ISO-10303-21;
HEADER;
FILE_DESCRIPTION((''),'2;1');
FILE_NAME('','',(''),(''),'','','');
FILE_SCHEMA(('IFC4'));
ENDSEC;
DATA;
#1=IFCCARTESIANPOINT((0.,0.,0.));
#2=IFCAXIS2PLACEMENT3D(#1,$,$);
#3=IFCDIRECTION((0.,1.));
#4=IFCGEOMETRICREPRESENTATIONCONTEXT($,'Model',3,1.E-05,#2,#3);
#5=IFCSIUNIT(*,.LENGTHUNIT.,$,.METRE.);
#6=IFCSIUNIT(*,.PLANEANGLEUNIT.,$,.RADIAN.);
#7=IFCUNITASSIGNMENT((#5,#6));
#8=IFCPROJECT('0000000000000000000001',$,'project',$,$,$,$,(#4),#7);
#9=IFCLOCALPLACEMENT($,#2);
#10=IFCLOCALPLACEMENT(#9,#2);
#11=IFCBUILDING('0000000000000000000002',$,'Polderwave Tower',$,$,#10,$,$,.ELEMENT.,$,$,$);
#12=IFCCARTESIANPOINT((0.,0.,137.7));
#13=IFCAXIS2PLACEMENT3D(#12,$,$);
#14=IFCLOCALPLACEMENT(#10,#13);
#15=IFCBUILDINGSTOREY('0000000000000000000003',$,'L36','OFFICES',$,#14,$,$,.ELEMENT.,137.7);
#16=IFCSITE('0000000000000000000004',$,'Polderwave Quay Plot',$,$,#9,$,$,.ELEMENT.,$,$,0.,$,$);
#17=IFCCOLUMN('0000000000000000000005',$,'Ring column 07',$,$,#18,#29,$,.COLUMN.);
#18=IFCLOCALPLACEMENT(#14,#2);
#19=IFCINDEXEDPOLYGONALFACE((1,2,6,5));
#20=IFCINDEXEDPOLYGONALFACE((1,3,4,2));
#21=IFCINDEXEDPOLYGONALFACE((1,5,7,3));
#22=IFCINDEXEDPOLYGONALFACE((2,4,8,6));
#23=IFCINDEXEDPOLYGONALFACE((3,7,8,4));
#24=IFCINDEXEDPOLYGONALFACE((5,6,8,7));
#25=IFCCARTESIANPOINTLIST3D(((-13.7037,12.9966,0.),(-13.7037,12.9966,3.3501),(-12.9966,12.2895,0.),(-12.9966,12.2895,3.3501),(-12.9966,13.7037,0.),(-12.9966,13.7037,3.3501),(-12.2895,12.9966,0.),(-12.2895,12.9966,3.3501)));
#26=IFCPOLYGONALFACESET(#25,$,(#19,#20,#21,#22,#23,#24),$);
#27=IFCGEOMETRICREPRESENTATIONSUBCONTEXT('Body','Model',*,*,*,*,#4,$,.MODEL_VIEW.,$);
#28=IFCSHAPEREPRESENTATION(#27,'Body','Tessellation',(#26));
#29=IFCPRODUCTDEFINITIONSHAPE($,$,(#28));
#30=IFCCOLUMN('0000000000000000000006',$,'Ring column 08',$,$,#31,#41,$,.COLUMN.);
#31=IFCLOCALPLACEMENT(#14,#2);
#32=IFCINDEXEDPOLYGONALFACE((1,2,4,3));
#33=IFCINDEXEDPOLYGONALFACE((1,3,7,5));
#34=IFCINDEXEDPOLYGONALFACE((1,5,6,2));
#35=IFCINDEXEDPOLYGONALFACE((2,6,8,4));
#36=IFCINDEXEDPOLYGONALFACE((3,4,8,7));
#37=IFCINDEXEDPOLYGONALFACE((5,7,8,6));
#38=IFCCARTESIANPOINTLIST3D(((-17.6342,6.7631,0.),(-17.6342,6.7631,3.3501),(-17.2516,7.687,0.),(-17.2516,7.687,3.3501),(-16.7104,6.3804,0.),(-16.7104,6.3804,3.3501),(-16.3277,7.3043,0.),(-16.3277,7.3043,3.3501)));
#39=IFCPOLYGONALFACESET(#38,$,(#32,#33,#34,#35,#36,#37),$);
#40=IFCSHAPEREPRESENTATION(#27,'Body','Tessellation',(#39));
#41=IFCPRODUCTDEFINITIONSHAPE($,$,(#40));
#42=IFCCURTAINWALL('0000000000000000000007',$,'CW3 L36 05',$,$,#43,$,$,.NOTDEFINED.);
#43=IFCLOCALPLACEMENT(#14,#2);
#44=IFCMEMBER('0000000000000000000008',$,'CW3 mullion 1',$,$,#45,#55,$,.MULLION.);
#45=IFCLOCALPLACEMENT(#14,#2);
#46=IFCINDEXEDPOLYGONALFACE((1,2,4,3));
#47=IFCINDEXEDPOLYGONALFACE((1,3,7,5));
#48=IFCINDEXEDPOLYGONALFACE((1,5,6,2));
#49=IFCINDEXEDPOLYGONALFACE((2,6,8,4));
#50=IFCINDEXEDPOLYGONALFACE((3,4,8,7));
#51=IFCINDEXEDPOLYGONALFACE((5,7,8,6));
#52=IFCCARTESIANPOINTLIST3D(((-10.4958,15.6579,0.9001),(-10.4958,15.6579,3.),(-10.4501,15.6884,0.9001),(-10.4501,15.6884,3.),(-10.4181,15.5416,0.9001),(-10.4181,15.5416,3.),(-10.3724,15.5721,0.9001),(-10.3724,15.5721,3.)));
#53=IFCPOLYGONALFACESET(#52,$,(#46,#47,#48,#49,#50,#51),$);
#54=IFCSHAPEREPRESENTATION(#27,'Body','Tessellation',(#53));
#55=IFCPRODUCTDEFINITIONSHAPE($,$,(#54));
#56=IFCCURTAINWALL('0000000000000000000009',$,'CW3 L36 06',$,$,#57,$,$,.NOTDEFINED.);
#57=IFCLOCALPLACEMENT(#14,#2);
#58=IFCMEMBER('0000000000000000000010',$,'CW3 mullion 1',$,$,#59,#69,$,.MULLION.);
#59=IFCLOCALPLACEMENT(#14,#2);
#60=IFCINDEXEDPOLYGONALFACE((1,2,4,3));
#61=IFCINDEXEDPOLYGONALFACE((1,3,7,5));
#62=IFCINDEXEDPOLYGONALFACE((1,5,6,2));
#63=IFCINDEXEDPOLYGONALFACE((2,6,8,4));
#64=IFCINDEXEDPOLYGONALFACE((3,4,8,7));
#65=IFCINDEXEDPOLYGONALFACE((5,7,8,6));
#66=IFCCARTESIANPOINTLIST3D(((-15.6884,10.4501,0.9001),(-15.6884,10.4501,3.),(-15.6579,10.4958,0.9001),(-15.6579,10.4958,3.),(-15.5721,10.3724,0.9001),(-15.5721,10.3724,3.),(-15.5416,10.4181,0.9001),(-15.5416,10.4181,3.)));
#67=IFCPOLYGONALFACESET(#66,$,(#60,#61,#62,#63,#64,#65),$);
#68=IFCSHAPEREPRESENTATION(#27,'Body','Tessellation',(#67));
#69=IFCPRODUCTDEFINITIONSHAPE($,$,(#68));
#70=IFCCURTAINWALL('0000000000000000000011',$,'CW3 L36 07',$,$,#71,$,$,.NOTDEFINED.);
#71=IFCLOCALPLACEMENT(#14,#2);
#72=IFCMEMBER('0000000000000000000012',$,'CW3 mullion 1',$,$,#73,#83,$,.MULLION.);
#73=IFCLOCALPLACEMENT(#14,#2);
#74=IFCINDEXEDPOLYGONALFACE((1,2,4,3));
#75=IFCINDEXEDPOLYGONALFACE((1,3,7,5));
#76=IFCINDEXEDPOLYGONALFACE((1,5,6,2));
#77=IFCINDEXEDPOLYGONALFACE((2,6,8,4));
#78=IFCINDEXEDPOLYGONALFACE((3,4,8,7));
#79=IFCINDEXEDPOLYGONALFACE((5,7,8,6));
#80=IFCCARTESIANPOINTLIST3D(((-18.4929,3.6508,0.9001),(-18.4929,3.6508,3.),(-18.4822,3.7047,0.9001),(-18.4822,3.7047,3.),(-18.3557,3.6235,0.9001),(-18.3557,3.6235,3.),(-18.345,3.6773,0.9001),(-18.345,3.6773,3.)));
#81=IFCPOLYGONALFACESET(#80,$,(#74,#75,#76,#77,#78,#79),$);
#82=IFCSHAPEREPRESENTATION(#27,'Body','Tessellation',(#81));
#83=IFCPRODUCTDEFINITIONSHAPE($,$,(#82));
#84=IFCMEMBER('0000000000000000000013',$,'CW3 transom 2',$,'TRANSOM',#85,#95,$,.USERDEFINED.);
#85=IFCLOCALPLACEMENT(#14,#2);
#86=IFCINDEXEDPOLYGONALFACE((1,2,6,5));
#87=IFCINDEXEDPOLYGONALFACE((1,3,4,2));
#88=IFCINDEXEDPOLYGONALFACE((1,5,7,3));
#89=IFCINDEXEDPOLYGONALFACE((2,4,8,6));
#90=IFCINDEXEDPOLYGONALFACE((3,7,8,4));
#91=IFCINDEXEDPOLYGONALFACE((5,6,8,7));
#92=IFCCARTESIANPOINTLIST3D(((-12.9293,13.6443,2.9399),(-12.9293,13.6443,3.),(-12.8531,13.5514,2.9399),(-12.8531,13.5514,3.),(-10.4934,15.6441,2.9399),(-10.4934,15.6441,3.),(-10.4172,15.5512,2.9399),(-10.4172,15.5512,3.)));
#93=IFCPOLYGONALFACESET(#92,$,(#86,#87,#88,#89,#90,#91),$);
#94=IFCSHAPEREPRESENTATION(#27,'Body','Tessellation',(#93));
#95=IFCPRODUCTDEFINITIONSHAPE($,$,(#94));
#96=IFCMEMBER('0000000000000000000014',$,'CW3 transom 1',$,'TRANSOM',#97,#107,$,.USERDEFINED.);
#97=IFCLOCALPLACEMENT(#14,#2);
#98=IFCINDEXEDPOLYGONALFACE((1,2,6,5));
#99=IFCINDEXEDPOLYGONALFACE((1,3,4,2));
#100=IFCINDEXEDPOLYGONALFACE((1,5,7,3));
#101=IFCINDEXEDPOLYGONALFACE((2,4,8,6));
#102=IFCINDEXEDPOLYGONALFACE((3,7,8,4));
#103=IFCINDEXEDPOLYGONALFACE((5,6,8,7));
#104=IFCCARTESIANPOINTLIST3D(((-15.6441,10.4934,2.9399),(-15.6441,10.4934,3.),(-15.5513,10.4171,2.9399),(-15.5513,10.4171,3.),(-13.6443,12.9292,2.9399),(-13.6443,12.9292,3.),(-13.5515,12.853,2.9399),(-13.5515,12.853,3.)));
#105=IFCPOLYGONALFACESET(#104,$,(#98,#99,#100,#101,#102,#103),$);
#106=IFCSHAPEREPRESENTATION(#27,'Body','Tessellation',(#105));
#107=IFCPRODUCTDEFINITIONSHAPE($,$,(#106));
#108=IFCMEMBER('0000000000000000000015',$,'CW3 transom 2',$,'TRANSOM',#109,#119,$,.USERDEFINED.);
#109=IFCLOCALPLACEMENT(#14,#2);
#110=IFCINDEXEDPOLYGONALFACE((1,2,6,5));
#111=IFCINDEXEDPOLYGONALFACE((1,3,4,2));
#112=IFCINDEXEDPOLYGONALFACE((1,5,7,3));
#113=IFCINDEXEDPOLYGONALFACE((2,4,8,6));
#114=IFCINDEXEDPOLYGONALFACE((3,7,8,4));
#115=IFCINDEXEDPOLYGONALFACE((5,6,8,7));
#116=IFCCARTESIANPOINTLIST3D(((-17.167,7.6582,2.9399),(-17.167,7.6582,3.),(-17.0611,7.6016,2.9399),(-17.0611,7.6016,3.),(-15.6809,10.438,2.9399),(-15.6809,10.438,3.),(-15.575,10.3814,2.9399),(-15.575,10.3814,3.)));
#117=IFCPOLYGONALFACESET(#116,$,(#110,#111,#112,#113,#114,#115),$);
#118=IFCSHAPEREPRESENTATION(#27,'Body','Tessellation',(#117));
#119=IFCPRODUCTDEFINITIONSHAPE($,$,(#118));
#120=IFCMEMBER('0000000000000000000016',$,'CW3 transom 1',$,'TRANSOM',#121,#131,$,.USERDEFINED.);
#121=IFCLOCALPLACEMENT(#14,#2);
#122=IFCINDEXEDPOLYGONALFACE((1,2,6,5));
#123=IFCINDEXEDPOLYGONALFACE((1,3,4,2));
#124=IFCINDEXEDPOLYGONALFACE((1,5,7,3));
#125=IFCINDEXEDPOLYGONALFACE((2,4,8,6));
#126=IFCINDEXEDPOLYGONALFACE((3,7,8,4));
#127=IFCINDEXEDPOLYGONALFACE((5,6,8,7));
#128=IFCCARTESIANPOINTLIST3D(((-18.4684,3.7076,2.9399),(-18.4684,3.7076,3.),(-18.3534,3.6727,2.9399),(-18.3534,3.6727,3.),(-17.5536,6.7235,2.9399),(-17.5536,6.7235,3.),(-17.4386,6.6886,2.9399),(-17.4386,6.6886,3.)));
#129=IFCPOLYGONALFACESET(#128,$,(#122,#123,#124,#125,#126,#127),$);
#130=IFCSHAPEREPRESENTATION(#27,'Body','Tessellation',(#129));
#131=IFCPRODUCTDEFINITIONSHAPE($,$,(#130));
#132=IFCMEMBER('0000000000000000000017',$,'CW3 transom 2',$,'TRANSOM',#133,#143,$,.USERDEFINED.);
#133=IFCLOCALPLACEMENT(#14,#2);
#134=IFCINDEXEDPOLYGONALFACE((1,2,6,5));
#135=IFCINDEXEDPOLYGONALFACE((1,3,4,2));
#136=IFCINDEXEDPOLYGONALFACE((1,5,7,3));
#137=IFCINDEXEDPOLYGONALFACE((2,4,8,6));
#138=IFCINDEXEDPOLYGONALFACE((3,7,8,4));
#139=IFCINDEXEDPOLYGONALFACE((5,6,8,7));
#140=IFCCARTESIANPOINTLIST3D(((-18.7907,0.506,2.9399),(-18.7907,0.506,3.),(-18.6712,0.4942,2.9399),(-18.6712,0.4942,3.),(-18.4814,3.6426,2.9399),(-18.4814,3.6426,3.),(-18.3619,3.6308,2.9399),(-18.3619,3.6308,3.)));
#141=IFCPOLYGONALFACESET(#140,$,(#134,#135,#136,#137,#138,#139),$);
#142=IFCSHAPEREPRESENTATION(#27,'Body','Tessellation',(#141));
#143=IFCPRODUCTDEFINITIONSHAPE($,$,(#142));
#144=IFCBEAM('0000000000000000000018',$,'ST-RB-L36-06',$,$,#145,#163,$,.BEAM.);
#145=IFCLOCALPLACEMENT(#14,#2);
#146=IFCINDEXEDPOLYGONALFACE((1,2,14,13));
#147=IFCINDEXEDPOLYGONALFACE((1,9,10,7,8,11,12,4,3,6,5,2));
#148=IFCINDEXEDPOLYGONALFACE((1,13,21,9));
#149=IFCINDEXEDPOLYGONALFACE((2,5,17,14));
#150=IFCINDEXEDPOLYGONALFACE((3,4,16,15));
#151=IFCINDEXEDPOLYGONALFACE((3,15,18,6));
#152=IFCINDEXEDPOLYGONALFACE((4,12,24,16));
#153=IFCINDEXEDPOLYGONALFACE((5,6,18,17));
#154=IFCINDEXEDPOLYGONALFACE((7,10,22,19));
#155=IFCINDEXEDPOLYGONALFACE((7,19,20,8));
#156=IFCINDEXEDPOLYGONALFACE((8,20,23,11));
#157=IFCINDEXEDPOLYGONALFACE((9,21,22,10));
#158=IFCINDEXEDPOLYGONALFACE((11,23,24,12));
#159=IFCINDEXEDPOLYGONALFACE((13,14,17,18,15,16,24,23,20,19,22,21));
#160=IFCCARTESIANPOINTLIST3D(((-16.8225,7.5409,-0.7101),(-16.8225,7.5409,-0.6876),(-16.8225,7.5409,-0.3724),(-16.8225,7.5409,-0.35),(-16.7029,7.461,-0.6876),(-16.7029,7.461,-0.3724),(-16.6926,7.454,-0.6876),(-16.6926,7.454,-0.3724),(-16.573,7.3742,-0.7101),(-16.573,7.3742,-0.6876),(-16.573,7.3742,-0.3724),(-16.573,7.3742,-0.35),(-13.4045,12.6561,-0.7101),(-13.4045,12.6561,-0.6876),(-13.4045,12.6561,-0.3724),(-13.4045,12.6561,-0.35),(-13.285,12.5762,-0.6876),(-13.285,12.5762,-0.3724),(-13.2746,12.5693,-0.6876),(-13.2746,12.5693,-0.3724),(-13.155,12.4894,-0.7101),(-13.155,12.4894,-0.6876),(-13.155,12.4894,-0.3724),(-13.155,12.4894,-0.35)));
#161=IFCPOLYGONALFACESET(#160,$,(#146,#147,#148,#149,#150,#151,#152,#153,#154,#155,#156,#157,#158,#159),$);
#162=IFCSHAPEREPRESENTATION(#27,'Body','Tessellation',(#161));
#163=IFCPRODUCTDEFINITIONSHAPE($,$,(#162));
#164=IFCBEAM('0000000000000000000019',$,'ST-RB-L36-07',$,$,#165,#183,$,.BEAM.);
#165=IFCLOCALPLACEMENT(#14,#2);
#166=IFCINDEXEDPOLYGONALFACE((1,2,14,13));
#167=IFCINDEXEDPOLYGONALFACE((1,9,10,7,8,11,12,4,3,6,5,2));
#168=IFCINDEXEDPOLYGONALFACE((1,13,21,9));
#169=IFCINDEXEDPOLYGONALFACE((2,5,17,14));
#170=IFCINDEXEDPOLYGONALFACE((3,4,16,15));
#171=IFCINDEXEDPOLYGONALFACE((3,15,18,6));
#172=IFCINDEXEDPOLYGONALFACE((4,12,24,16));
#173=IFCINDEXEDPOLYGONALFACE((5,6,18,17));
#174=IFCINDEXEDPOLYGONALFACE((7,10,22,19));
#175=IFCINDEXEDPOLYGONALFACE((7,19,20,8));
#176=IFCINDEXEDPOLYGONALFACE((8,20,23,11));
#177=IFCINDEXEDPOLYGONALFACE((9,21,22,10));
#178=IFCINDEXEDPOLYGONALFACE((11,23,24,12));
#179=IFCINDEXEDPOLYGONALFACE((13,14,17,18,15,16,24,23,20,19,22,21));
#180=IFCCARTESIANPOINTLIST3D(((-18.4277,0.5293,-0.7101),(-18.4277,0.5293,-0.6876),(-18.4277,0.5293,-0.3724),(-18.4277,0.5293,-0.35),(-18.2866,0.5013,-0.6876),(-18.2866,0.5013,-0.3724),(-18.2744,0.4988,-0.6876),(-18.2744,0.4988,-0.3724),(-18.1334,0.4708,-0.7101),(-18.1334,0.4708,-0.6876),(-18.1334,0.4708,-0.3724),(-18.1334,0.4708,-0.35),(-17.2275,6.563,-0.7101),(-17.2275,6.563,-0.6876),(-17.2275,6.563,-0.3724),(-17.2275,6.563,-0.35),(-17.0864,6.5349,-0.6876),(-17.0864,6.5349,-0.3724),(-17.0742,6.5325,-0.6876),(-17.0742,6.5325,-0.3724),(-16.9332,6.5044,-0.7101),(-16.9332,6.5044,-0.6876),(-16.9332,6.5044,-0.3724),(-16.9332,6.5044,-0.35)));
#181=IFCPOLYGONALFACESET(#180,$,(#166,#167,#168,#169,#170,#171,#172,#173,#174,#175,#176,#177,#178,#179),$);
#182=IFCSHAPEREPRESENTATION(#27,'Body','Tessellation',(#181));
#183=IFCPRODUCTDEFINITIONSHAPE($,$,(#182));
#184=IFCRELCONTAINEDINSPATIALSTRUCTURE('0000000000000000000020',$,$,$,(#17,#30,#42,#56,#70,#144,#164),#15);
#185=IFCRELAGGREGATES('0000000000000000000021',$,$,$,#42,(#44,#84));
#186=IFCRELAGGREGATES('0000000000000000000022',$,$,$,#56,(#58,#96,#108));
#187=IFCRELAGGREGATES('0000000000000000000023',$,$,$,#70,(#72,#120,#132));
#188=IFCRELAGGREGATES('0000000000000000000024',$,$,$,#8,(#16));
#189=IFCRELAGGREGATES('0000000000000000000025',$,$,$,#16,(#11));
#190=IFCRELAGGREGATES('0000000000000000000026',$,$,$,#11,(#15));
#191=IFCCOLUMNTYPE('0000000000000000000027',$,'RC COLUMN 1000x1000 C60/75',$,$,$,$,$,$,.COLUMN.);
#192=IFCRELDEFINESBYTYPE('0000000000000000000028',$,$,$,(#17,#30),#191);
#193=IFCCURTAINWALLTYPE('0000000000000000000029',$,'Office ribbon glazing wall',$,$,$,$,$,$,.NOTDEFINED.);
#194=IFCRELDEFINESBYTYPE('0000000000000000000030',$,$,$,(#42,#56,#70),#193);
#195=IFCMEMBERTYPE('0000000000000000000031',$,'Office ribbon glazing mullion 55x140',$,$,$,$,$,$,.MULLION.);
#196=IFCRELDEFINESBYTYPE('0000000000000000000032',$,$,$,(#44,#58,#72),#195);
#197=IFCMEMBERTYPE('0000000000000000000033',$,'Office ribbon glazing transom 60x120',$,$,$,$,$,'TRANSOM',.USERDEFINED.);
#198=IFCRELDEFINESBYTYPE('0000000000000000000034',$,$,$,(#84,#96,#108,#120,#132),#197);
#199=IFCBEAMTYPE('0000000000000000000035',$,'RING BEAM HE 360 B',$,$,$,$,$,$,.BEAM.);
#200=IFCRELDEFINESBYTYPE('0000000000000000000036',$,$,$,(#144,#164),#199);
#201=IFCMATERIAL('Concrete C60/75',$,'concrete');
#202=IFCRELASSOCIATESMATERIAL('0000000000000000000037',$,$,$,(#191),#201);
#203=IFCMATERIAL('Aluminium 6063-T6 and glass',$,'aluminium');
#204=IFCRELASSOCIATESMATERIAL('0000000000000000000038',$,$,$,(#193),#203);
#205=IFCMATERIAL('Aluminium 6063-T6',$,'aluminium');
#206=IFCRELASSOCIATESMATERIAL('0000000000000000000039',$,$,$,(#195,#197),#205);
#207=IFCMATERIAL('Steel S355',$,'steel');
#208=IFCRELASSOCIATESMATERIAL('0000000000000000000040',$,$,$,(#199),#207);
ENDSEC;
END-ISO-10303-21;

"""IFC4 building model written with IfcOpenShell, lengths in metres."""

from ifc_helpers import new_model, si_unit, direction, frame, origin, origin_2d, place, context, subcontext, project, spatial, rectangle, i_section, extrude, material, material_profile, profile_set, type_object, element, aggregate, save


model = new_model("IFC4")

# Units and contexts
model_context = context("Model", 3, precision=1e-05, world=origin(), true_north=direction((0.0, 1.0)))
body_context = subcontext(model_context, "Body", "Model", "MODEL_VIEW")
ifc_project = project(units=[si_unit("LENGTHUNIT", "METRE"), si_unit("PLANEANGLEUNIT", "RADIAN")], contexts=[model_context])

# Site, building, storey
site_placement = place(None, origin())
site = spatial("IfcSite", under=ifc_project, at=site_placement, Name="Polderwave Quay Plot", CompositionType="ELEMENT", RefElevation=0.0)
building_placement = place(site_placement, origin())
building = spatial("IfcBuilding", under=site, at=building_placement, Name="Polderwave Tower", CompositionType="ELEMENT")
storey_placement = place(building_placement, frame((0.0, 0.0, 137.7)))
storey = spatial("IfcBuildingStorey", under=building, at=storey_placement, Name="L36", Description="OFFICES", CompositionType="ELEMENT", Elevation=137.7)

# Columns
ifc_material_1 = material(Name="Concrete C60/75", Category="concrete")
ifc_material_profile_1 = material_profile(ifc_material_1, rectangle(XDim=1.0, YDim=1.0, at=origin_2d()), Name="RC 1000x1000")
ifc_profile_set_1 = profile_set([ifc_material_profile_1], Name="Concrete C60/75")
column_type = type_object("IfcColumnType", Name="RC COLUMN 1000x1000 C60/75", PredefinedType="COLUMN", material=ifc_profile_set_1)
for number, where, z_axis, x_axis, name in (
    (1, (-12.9966, 12.9966, 0.0), (0.0, 0.0, 1.0), (-0.707107, 0.707107, 0.0), "Ring column 07"),
    (2, (-16.981, 7.0337, 0.0), (0.0, 0.0, 1.0), (-0.92388, 0.382683, 0.0), "Ring column 08"),
):
    element("IfcColumn", number, at=place(storey_placement, frame(where, z_axis=z_axis, x_axis=x_axis)), inside=storey, type_object=column_type, Name=name, PredefinedType="COLUMN", context=body_context, shape_type="SweptSolid", body=[
        extrude(rectangle(XDim=1.0, YDim=1.0, at=origin_2d()), origin(), (0.0, 0.0, 1.0), 3.3501),
    ])

# Curtain walls, members
ifc_material_2 = material(Name="Aluminium 6063-T6 and glass", Category="aluminium")
curtain_wall_type = type_object("IfcCurtainWallType", Name="Office ribbon glazing wall", PredefinedType="NOTDEFINED", material=ifc_material_2)
curtain_wall_1_placement = place(storey_placement, origin())
curtain_wall_1 = element("IfcCurtainWall", 3, at=curtain_wall_1_placement, inside=storey, type_object=curtain_wall_type, Name="CW3 L36 05", PredefinedType="NOTDEFINED")
ifc_material_3 = material(Name="Aluminium 6063-T6", Category="aluminium")
ifc_material_profile_2 = material_profile(ifc_material_3, rectangle(XDim=0.1399, YDim=0.0549, at=origin_2d()), Name="AL 55x140")
ifc_profile_set_2 = profile_set([ifc_material_profile_2], Name="Aluminium 6063-T6")
member_type_1 = type_object("IfcMemberType", Name="Office ribbon glazing mullion 55x140", PredefinedType="MULLION", material=ifc_profile_set_2)
member_1_placement = place(storey_placement, frame((-10.4341, 15.615, 0.9001), z_axis=(0.0, 0.0, 1.0), x_axis=(0.555657, -0.831411, 0.0)))
member_1 = element("IfcMember", 4, at=member_1_placement, type_object=member_type_1, Name="CW3 mullion 1", PredefinedType="MULLION", context=body_context, shape_type="SweptSolid", body=[
    extrude(rectangle(XDim=0.1399, YDim=0.0549, at=origin_2d()), origin(), (0.0, 0.0, 1.0), 2.0999),
])
curtain_wall_2_placement = place(storey_placement, origin())
curtain_wall_2 = element("IfcCurtainWall", 5, at=curtain_wall_2_placement, inside=storey, type_object=curtain_wall_type, Name="CW3 L36 06", PredefinedType="NOTDEFINED")
member_2_placement = place(storey_placement, frame((-15.615, 10.4341, 0.9001), z_axis=(0.0, 0.0, 1.0), x_axis=(0.831411, -0.555657, 0.0)))
member_2 = element("IfcMember", 6, at=member_2_placement, type_object=member_type_1, Name="CW3 mullion 1", PredefinedType="MULLION", context=body_context, shape_type="SweptSolid", body=[
    extrude(rectangle(XDim=0.1399, YDim=0.0549, at=origin_2d()), origin(), (0.0, 0.0, 1.0), 2.0999),
])
curtain_wall_3_placement = place(storey_placement, origin())
curtain_wall_3 = element("IfcCurtainWall", 7, at=curtain_wall_3_placement, inside=storey, type_object=curtain_wall_type, Name="CW3 L36 07", PredefinedType="NOTDEFINED")
member_3_placement = place(storey_placement, frame((-18.4189, 3.6641, 0.9001), z_axis=(0.0, 0.0, 1.0), x_axis=(0.980768, -0.195179, 0.0)))
member_3 = element("IfcMember", 8, at=member_3_placement, type_object=member_type_1, Name="CW3 mullion 1", PredefinedType="MULLION", context=body_context, shape_type="SweptSolid", body=[
    extrude(rectangle(XDim=0.1399, YDim=0.0549, at=origin_2d()), origin(), (0.0, 0.0, 1.0), 2.0999),
])

# Members
ifc_material_profile_3 = material_profile(ifc_material_3, rectangle(XDim=0.1201, YDim=0.0601, at=origin_2d()), Name="AL 60x120")
ifc_profile_set_3 = profile_set([ifc_material_profile_3], Name="Aluminium 6063-T6")
member_type_2 = type_object("IfcMemberType", Name="Office ribbon glazing transom 60x120", ElementType="TRANSOM", PredefinedType="USERDEFINED", material=ifc_profile_set_3)
member_4_placement = place(storey_placement, frame((-10.4553, 15.5977, 2.97), z_axis=(-0.772893, -0.634536, 0.0), x_axis=(0.634536, -0.772893, 0.0)))
member_4 = element("IfcMember", 9, at=member_4_placement, type_object=member_type_2, Name="CW3 transom 2", ObjectType="TRANSOM", PredefinedType="USERDEFINED", context=body_context, shape_type="SweptSolid", body=[
    extrude(rectangle(XDim=0.1201, YDim=0.0601, at=origin_2d()), origin(), (0.0, 0.0, 1.0), 3.1516),
])
member_5_placement = place(storey_placement, frame((-13.5979, 12.8911, 2.97), z_axis=(-0.634536, -0.772893, 0.0), x_axis=(0.772893, -0.634536, 0.0)))
member_5 = element("IfcMember", 10, at=member_5_placement, type_object=member_type_2, Name="CW3 transom 1", ObjectType="TRANSOM", PredefinedType="USERDEFINED", context=body_context, shape_type="SweptSolid", body=[
    extrude(rectangle(XDim=0.1201, YDim=0.0601, at=origin_2d()), origin(), (0.0, 0.0, 1.0), 3.1516),
])
member_6_placement = place(storey_placement, frame((-15.6279, 10.4097, 2.97), z_axis=(-0.47146, -0.881887, 0.0), x_axis=(0.881887, -0.47146, 0.0)))
member_6 = element("IfcMember", 11, at=member_6_placement, type_object=member_type_2, Name="CW3 transom 2", ObjectType="TRANSOM", PredefinedType="USERDEFINED", context=body_context, shape_type="SweptSolid", body=[
    extrude(rectangle(XDim=0.1201, YDim=0.0601, at=origin_2d()), origin(), (0.0, 0.0, 1.0), 3.1521),
])
member_7_placement = place(storey_placement, frame((-17.4961, 6.7061, 2.97), z_axis=(-0.290268, -0.956946, 0.0), x_axis=(0.956946, -0.290268, 0.0)))
member_7 = element("IfcMember", 12, at=member_7_placement, type_object=member_type_2, Name="CW3 transom 1", ObjectType="TRANSOM", PredefinedType="USERDEFINED", context=body_context, shape_type="SweptSolid", body=[
    extrude(rectangle(XDim=0.1201, YDim=0.0601, at=origin_2d()), origin(), (0.0, 0.0, 1.0), 3.1516),
])
member_8_placement = place(storey_placement, frame((-18.4216, 3.6367, 2.97), z_axis=(-0.098139, -0.995173, 0.0), x_axis=(0.995173, -0.098139, 0.0)))
member_8 = element("IfcMember", 13, at=member_8_placement, type_object=member_type_2, Name="CW3 transom 2", ObjectType="TRANSOM", PredefinedType="USERDEFINED", context=body_context, shape_type="SweptSolid", body=[
    extrude(rectangle(XDim=0.1201, YDim=0.0601, at=origin_2d()), origin(), (0.0, 0.0, 1.0), 3.1519),
])

# Beams
ifc_material_4 = material(Name="Steel S355", Category="steel")
ifc_material_profile_4 = material_profile(ifc_material_4, i_section(OverallWidth=0.3, OverallDepth=0.3601, WebThickness=0.0125, FlangeThickness=0.0225, at=origin_2d()), Name="HE 360 B")
ifc_profile_set_4 = profile_set([ifc_material_profile_4], Name="Steel S355")
beam_type = type_object("IfcBeamType", Name="RING BEAM HE 360 B", PredefinedType="BEAM", material=ifc_profile_set_4)
beam_1_placement = place(storey_placement, frame((-13.2798, 12.5728, -0.53), z_axis=(-0.555579, -0.831464, 0.0), x_axis=(0.831464, -0.555579, 0.0)))
element("IfcBeam", 14, at=beam_1_placement, inside=storey, type_object=beam_type, Name="ST-RB-L36-06", PredefinedType="BEAM", context=body_context, shape_type="SweptSolid", body=[
    extrude(i_section(OverallWidth=0.3, OverallDepth=0.3601, WebThickness=0.0125, FlangeThickness=0.0225, at=origin_2d()), origin(), (0.0, 0.0, 1.0), 6.1521),
])
beam_2_placement = place(storey_placement, frame((-17.0803, 6.5337, -0.53), z_axis=(-0.195093, -0.980785, 0.0), x_axis=(0.980785, -0.195093, 0.0)))
element("IfcBeam", 15, at=beam_2_placement, inside=storey, type_object=beam_type, Name="ST-RB-L36-07", PredefinedType="BEAM", context=body_context, shape_type="SweptSolid", body=[
    extrude(i_section(OverallWidth=0.3, OverallDepth=0.3601, WebThickness=0.0125, FlangeThickness=0.0225, at=origin_2d()), origin(), (0.0, 0.0, 1.0), 6.1519),
])

aggregate(curtain_wall_1, [member_1, member_4])
aggregate(curtain_wall_2, [member_2, member_5, member_6])
aggregate(curtain_wall_3, [member_3, member_7, member_8])

save(model, "model.ifc")
